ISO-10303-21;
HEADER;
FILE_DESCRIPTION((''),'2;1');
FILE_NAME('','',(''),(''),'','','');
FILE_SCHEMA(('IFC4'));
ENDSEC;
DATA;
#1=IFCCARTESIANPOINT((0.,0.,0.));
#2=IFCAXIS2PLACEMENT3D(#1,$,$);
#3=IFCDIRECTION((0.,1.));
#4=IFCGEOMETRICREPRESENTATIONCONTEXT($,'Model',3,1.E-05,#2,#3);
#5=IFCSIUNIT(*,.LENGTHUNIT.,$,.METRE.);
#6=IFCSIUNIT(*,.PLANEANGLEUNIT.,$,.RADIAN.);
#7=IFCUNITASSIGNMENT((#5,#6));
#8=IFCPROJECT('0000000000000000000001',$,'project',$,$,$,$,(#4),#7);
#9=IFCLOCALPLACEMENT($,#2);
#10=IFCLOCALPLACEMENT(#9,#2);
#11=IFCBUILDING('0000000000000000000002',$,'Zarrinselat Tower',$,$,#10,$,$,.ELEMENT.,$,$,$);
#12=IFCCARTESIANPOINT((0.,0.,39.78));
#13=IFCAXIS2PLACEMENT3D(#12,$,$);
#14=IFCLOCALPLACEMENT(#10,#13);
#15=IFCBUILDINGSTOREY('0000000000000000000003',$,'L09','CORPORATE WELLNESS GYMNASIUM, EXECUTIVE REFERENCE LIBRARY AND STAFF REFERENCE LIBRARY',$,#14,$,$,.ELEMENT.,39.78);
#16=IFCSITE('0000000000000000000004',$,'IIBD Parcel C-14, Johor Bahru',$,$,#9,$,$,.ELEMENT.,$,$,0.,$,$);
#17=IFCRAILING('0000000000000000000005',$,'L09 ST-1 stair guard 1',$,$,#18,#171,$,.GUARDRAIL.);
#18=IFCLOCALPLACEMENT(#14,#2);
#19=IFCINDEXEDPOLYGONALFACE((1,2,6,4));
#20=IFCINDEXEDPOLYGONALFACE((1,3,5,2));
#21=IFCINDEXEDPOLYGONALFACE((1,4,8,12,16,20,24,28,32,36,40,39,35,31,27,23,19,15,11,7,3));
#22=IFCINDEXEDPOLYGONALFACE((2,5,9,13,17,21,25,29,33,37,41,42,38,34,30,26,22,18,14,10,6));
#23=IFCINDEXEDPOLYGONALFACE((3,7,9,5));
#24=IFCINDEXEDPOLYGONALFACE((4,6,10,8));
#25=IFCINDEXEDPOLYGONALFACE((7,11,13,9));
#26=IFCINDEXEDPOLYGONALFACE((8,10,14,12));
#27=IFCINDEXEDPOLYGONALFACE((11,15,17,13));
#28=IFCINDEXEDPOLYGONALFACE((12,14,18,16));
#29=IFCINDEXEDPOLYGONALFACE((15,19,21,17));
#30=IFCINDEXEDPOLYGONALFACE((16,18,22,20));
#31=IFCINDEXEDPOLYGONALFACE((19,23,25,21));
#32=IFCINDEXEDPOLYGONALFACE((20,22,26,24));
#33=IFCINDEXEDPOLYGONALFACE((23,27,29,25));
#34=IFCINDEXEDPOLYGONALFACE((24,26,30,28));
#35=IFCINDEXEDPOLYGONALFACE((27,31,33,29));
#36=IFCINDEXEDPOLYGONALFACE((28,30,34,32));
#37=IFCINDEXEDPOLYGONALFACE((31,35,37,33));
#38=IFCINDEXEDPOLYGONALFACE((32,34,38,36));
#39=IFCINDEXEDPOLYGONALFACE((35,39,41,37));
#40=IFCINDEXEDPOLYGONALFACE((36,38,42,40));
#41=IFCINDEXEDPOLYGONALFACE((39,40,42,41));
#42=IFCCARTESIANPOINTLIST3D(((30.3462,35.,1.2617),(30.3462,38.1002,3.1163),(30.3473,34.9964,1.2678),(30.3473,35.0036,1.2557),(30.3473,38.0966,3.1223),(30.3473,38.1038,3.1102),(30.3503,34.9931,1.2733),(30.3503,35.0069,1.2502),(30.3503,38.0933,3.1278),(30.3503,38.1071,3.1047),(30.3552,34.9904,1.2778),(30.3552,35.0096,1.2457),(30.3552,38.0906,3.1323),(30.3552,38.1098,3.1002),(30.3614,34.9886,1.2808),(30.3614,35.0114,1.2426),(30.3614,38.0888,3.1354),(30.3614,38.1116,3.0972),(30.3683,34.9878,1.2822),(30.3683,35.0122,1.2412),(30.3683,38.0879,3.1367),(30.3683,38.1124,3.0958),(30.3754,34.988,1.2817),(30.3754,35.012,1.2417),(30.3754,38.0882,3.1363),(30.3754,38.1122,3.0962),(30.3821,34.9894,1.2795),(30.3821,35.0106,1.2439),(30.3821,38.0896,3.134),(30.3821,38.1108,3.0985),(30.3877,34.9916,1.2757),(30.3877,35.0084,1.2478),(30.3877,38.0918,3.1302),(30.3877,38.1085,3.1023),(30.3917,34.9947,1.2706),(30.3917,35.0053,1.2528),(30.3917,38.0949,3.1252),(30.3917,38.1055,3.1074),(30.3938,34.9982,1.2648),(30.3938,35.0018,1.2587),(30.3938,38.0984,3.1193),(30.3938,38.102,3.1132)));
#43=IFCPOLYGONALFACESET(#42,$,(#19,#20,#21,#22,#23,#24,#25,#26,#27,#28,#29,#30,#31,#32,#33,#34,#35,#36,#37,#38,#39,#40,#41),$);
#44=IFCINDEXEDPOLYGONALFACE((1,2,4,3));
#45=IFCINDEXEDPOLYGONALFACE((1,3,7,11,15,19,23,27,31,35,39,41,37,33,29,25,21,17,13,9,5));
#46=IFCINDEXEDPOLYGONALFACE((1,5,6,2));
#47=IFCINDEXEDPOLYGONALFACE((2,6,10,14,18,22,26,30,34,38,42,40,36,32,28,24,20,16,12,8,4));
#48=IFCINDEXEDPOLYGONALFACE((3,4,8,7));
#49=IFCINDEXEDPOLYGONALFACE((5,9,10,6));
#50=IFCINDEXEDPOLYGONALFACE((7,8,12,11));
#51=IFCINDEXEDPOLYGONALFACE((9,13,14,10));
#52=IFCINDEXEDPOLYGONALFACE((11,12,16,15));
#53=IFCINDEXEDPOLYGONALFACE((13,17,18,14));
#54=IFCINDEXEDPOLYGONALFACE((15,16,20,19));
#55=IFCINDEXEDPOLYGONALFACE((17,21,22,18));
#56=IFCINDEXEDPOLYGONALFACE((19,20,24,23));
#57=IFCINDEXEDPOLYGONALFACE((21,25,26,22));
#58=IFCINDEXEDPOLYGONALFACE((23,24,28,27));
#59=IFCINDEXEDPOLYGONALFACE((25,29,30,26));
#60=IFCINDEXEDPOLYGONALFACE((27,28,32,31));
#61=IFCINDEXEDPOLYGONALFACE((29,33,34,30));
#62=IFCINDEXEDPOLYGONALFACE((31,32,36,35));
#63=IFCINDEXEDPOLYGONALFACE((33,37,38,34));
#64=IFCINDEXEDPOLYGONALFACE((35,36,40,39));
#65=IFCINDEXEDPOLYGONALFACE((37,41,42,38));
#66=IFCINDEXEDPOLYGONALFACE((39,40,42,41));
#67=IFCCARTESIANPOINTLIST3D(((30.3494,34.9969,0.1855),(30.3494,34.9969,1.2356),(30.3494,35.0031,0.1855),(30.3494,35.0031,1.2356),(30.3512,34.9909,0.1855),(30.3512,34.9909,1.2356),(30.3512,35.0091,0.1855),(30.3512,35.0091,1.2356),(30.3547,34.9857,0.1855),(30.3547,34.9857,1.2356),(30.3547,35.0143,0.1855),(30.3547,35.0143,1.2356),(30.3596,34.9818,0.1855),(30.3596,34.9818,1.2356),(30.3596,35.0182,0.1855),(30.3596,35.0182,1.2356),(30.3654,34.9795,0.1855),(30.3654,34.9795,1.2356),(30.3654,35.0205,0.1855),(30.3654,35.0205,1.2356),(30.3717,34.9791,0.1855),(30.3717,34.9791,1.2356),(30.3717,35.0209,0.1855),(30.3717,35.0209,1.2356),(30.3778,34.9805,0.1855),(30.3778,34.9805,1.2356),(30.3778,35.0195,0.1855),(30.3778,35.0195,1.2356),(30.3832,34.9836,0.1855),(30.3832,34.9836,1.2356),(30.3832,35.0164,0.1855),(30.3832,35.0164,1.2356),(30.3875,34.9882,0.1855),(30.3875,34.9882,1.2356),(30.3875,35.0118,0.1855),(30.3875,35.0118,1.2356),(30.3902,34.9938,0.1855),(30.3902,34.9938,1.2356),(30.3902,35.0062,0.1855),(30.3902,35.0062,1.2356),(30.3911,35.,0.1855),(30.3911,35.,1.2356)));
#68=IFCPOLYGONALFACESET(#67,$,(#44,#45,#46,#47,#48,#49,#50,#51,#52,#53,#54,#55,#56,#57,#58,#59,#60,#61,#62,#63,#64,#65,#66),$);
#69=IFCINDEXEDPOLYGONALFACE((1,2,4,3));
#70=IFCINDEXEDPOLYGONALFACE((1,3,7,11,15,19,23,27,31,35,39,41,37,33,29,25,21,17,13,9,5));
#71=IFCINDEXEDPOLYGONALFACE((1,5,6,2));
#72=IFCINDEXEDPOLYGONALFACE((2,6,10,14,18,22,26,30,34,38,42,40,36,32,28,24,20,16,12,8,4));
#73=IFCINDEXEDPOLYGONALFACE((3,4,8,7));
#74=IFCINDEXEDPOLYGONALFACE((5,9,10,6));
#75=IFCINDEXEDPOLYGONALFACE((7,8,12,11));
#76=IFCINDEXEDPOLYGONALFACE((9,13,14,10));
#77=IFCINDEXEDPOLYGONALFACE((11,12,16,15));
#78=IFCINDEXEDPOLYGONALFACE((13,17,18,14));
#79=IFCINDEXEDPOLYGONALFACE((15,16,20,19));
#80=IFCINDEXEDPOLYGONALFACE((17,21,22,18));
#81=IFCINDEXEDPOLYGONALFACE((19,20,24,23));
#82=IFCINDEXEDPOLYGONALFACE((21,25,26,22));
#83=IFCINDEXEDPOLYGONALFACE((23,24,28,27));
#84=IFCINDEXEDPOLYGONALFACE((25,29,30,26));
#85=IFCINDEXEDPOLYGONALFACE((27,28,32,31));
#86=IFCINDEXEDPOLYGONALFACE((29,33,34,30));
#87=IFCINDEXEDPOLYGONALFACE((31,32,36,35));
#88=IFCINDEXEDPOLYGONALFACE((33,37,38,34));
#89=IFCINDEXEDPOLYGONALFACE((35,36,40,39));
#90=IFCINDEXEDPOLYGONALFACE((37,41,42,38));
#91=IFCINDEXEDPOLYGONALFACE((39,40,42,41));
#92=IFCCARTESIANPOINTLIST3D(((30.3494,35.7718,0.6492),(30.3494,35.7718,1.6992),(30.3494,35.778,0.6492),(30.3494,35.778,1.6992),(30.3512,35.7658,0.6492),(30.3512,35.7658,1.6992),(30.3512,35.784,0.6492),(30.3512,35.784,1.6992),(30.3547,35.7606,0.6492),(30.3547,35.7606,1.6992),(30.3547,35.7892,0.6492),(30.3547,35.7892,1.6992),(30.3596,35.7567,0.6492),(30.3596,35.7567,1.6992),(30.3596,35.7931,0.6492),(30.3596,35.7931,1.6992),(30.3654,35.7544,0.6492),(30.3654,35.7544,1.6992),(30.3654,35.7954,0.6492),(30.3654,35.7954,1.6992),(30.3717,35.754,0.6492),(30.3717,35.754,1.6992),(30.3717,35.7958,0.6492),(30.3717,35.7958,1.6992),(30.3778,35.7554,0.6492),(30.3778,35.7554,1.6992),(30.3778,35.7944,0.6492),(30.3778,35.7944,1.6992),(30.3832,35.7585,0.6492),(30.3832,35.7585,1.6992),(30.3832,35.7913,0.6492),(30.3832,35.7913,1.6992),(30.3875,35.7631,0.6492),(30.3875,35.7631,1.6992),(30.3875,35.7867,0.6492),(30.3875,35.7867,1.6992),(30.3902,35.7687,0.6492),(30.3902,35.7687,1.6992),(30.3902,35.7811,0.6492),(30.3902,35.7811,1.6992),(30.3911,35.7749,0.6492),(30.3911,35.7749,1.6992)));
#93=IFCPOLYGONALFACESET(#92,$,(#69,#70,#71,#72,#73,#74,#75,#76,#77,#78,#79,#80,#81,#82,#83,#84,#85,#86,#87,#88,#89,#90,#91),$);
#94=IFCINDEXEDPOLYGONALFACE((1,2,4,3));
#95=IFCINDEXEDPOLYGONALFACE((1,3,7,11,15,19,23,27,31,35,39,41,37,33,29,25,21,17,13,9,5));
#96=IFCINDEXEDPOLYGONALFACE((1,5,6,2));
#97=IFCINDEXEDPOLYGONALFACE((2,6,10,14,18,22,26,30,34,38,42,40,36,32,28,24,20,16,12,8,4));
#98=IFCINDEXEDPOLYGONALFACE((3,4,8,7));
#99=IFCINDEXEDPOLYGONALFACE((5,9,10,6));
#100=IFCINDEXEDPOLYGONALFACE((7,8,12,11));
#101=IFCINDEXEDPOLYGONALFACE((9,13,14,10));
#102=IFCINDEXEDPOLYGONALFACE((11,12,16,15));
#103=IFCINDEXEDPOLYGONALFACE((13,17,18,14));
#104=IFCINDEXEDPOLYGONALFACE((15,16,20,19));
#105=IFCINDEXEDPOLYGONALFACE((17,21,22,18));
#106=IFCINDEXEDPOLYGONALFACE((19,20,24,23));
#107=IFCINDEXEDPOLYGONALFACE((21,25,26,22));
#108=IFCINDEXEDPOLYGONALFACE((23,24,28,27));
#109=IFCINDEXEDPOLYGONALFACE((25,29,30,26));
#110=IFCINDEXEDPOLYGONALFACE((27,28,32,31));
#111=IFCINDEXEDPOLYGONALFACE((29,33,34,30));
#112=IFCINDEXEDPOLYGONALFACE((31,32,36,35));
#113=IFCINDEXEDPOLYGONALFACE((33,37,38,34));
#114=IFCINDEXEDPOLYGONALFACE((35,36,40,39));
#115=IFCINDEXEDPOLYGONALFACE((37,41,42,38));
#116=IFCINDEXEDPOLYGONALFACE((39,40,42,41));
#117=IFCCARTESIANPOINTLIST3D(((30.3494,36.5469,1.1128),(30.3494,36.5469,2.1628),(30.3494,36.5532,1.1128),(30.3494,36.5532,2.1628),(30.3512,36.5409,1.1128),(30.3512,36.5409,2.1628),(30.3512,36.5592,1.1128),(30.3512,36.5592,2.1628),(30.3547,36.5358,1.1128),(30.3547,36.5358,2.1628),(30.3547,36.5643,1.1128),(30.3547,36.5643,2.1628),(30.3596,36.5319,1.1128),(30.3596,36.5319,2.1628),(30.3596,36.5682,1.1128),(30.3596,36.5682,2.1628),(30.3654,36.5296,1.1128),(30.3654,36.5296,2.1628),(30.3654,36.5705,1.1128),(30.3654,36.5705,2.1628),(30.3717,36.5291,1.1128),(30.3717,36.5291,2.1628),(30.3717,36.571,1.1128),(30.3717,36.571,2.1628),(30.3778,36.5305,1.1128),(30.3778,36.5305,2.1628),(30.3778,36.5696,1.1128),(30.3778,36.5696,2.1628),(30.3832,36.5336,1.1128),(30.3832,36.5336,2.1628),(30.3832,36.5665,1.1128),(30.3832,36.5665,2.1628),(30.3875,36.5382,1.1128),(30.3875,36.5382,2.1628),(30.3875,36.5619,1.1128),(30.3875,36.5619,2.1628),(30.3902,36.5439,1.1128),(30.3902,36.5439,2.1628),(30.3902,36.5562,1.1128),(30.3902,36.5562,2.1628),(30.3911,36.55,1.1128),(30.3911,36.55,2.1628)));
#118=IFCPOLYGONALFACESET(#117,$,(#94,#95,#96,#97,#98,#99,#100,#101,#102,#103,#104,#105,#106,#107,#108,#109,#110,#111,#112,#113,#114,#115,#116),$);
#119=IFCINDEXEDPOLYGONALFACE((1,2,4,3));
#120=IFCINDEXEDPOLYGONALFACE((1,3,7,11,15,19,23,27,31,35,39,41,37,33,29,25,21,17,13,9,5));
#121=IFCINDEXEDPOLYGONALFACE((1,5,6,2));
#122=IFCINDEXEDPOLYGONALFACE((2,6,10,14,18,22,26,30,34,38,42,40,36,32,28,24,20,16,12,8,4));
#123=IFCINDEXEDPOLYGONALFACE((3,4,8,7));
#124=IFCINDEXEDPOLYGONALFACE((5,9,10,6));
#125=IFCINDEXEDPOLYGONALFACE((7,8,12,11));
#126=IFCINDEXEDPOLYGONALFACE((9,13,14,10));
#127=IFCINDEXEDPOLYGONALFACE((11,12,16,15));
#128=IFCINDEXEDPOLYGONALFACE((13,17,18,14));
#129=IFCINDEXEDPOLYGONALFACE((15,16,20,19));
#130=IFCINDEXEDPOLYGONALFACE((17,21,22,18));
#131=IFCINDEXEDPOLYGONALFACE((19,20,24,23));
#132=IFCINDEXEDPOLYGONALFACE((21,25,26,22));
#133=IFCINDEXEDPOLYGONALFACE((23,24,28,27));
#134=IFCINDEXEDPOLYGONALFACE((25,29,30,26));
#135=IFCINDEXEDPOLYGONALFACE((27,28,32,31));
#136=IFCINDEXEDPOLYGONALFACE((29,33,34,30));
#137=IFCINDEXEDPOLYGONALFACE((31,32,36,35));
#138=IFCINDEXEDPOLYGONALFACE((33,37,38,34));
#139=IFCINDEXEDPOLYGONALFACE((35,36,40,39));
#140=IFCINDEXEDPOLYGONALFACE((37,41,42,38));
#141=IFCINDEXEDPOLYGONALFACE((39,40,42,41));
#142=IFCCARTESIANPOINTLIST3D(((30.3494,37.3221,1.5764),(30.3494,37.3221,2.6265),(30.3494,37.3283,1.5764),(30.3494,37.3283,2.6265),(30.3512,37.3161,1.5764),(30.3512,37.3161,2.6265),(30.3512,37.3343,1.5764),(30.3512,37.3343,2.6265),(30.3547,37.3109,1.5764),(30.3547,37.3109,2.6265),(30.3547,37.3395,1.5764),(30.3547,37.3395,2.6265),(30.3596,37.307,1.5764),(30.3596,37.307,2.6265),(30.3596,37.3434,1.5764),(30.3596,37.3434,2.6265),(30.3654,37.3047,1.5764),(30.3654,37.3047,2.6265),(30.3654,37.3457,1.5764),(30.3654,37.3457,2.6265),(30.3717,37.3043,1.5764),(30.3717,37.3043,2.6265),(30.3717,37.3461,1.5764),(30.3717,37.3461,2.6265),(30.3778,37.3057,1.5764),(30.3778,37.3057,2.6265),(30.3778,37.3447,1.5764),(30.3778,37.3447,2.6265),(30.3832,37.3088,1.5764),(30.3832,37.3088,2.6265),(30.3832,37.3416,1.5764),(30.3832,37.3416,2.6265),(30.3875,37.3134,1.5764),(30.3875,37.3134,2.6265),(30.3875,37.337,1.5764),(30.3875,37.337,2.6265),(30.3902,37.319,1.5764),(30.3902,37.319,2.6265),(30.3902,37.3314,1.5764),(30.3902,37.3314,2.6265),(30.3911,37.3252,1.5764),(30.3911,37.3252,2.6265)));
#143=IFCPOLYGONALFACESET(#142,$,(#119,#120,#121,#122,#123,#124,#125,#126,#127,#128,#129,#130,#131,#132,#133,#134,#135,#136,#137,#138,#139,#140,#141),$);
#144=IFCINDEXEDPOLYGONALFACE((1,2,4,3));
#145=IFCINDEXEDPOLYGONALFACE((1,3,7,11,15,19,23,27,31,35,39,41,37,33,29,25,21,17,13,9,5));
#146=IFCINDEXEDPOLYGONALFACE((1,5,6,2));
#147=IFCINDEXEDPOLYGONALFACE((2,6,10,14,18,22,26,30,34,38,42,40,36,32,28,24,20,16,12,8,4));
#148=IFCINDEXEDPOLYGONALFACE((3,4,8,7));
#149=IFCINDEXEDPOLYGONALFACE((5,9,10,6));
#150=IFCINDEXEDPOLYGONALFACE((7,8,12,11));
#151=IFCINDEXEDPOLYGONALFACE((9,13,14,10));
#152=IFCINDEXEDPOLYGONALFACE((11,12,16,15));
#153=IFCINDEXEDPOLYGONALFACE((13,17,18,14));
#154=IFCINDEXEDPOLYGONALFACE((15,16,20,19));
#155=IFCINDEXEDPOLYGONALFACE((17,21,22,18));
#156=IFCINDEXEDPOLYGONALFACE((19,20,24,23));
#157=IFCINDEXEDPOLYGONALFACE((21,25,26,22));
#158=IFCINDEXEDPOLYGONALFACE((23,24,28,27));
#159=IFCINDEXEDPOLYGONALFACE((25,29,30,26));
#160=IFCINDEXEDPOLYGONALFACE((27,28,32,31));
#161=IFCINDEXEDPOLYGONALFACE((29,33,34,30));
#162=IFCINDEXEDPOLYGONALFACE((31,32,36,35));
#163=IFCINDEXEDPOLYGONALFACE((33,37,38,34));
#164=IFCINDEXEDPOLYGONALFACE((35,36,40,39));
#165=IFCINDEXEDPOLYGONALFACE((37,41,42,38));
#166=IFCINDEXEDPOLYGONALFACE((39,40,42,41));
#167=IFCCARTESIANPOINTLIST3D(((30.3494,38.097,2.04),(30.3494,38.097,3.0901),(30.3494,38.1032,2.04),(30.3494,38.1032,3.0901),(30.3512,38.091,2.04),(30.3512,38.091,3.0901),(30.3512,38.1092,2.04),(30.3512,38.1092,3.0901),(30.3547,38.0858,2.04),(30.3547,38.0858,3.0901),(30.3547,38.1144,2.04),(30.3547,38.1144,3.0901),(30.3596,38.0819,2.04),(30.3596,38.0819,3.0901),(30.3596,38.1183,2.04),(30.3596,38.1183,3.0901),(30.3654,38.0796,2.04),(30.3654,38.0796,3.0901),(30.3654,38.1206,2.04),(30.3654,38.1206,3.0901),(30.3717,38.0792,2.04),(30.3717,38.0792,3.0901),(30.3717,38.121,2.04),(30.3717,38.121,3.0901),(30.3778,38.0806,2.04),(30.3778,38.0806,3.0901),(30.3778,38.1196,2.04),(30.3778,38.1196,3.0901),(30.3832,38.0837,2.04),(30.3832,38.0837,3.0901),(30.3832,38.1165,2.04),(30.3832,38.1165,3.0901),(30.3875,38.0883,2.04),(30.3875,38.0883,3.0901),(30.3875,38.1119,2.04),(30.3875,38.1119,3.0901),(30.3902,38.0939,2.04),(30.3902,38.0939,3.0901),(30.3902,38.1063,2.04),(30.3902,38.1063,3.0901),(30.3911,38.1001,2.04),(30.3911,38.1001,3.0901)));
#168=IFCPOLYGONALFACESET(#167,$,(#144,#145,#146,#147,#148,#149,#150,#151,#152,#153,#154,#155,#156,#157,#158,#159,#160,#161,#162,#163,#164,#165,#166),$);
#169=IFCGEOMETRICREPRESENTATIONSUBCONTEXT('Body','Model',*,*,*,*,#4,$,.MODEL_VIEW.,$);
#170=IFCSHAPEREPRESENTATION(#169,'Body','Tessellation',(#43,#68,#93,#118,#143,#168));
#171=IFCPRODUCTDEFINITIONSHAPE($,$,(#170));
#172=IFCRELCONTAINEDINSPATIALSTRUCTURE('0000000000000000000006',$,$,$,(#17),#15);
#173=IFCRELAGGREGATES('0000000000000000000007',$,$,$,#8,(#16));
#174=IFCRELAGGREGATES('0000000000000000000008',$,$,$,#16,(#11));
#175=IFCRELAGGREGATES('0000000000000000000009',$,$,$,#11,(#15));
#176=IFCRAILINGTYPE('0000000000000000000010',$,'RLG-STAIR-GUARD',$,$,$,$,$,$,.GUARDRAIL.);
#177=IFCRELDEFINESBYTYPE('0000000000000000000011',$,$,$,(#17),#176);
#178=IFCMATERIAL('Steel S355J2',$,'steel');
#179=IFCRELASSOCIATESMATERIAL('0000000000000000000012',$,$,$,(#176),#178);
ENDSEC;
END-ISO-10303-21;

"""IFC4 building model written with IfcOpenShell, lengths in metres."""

from ifc_helpers import new_model, si_unit, direction, frame, origin, origin_2d, place, context, subcontext, project, spatial, circle, extrude, material, type_object, element, save


model = new_model("IFC4")

# Units and contexts
model_context = context("Model", 3, precision=1e-05, world=origin(), true_north=direction((0.0, 1.0)))
body_context = subcontext(model_context, "Body", "Model", "MODEL_VIEW")
ifc_project = project(units=[si_unit("LENGTHUNIT", "METRE"), si_unit("PLANEANGLEUNIT", "RADIAN")], contexts=[model_context])

# Site, building, storey
site_placement = place(None, origin())
site = spatial("IfcSite", under=ifc_project, at=site_placement, Name="IIBD Parcel C-14, Johor Bahru", CompositionType="ELEMENT", RefElevation=0.0)
building_placement = place(site_placement, origin())
building = spatial("IfcBuilding", under=site, at=building_placement, Name="Zarrinselat Tower", CompositionType="ELEMENT")
storey_placement = place(building_placement, frame((0.0, 0.0, 39.78)))
storey = spatial("IfcBuildingStorey", under=building, at=storey_placement, Name="L09", Description="CORPORATE WELLNESS GYMNASIUM, EXECUTIVE REFERENCE LIBRARY AND STAFF REFERENCE LIBRARY", CompositionType="ELEMENT", Elevation=39.78)

# Railing
ifc_material_1 = material(Name="Steel S355J2", Category="steel")
railing_type_1 = type_object("IfcRailingType", Name="RLG-STAIR-GUARD", PredefinedType="GUARDRAIL", material=ifc_material_1)
railing_1_placement = place(storey_placement, frame((30.3701, 35.0, 0.1855)))
element("IfcRailing", 1, at=railing_1_placement, inside=storey, type_object=railing_type_1, Name="L09 ST-1 stair guard 1", PredefinedType="GUARDRAIL", context=body_context, shape_type="SweptSolid", body=[
    extrude(circle(Radius=0.0239, at=origin_2d()), frame((0.0, 0.0, 1.0762), z_axis=(0.0, 0.858172, 0.513362), x_axis=(-1.0, 0.0, 0.0)), (0.0, 0.0, 1.0), 3.6125),
    extrude(circle(Radius=0.021, at=origin_2d()), origin(), (0.0, 0.0, 1.0), 1.05),
    extrude(circle(Radius=0.021, at=origin_2d()), frame((0.0, 0.7749, 0.4636)), (0.0, 0.0, 1.0), 1.05),
    extrude(circle(Radius=0.021, at=origin_2d()), frame((0.0, 1.55, 0.9272)), (0.0, 0.0, 1.0), 1.05),
    extrude(circle(Radius=0.021, at=origin_2d()), frame((0.0, 2.3252, 1.3909)), (0.0, 0.0, 1.0), 1.05),
    extrude(circle(Radius=0.021, at=origin_2d()), frame((0.0, 3.1001, 1.8545)), (0.0, 0.0, 1.0), 1.05),
])

save(model, "model.ifc")
